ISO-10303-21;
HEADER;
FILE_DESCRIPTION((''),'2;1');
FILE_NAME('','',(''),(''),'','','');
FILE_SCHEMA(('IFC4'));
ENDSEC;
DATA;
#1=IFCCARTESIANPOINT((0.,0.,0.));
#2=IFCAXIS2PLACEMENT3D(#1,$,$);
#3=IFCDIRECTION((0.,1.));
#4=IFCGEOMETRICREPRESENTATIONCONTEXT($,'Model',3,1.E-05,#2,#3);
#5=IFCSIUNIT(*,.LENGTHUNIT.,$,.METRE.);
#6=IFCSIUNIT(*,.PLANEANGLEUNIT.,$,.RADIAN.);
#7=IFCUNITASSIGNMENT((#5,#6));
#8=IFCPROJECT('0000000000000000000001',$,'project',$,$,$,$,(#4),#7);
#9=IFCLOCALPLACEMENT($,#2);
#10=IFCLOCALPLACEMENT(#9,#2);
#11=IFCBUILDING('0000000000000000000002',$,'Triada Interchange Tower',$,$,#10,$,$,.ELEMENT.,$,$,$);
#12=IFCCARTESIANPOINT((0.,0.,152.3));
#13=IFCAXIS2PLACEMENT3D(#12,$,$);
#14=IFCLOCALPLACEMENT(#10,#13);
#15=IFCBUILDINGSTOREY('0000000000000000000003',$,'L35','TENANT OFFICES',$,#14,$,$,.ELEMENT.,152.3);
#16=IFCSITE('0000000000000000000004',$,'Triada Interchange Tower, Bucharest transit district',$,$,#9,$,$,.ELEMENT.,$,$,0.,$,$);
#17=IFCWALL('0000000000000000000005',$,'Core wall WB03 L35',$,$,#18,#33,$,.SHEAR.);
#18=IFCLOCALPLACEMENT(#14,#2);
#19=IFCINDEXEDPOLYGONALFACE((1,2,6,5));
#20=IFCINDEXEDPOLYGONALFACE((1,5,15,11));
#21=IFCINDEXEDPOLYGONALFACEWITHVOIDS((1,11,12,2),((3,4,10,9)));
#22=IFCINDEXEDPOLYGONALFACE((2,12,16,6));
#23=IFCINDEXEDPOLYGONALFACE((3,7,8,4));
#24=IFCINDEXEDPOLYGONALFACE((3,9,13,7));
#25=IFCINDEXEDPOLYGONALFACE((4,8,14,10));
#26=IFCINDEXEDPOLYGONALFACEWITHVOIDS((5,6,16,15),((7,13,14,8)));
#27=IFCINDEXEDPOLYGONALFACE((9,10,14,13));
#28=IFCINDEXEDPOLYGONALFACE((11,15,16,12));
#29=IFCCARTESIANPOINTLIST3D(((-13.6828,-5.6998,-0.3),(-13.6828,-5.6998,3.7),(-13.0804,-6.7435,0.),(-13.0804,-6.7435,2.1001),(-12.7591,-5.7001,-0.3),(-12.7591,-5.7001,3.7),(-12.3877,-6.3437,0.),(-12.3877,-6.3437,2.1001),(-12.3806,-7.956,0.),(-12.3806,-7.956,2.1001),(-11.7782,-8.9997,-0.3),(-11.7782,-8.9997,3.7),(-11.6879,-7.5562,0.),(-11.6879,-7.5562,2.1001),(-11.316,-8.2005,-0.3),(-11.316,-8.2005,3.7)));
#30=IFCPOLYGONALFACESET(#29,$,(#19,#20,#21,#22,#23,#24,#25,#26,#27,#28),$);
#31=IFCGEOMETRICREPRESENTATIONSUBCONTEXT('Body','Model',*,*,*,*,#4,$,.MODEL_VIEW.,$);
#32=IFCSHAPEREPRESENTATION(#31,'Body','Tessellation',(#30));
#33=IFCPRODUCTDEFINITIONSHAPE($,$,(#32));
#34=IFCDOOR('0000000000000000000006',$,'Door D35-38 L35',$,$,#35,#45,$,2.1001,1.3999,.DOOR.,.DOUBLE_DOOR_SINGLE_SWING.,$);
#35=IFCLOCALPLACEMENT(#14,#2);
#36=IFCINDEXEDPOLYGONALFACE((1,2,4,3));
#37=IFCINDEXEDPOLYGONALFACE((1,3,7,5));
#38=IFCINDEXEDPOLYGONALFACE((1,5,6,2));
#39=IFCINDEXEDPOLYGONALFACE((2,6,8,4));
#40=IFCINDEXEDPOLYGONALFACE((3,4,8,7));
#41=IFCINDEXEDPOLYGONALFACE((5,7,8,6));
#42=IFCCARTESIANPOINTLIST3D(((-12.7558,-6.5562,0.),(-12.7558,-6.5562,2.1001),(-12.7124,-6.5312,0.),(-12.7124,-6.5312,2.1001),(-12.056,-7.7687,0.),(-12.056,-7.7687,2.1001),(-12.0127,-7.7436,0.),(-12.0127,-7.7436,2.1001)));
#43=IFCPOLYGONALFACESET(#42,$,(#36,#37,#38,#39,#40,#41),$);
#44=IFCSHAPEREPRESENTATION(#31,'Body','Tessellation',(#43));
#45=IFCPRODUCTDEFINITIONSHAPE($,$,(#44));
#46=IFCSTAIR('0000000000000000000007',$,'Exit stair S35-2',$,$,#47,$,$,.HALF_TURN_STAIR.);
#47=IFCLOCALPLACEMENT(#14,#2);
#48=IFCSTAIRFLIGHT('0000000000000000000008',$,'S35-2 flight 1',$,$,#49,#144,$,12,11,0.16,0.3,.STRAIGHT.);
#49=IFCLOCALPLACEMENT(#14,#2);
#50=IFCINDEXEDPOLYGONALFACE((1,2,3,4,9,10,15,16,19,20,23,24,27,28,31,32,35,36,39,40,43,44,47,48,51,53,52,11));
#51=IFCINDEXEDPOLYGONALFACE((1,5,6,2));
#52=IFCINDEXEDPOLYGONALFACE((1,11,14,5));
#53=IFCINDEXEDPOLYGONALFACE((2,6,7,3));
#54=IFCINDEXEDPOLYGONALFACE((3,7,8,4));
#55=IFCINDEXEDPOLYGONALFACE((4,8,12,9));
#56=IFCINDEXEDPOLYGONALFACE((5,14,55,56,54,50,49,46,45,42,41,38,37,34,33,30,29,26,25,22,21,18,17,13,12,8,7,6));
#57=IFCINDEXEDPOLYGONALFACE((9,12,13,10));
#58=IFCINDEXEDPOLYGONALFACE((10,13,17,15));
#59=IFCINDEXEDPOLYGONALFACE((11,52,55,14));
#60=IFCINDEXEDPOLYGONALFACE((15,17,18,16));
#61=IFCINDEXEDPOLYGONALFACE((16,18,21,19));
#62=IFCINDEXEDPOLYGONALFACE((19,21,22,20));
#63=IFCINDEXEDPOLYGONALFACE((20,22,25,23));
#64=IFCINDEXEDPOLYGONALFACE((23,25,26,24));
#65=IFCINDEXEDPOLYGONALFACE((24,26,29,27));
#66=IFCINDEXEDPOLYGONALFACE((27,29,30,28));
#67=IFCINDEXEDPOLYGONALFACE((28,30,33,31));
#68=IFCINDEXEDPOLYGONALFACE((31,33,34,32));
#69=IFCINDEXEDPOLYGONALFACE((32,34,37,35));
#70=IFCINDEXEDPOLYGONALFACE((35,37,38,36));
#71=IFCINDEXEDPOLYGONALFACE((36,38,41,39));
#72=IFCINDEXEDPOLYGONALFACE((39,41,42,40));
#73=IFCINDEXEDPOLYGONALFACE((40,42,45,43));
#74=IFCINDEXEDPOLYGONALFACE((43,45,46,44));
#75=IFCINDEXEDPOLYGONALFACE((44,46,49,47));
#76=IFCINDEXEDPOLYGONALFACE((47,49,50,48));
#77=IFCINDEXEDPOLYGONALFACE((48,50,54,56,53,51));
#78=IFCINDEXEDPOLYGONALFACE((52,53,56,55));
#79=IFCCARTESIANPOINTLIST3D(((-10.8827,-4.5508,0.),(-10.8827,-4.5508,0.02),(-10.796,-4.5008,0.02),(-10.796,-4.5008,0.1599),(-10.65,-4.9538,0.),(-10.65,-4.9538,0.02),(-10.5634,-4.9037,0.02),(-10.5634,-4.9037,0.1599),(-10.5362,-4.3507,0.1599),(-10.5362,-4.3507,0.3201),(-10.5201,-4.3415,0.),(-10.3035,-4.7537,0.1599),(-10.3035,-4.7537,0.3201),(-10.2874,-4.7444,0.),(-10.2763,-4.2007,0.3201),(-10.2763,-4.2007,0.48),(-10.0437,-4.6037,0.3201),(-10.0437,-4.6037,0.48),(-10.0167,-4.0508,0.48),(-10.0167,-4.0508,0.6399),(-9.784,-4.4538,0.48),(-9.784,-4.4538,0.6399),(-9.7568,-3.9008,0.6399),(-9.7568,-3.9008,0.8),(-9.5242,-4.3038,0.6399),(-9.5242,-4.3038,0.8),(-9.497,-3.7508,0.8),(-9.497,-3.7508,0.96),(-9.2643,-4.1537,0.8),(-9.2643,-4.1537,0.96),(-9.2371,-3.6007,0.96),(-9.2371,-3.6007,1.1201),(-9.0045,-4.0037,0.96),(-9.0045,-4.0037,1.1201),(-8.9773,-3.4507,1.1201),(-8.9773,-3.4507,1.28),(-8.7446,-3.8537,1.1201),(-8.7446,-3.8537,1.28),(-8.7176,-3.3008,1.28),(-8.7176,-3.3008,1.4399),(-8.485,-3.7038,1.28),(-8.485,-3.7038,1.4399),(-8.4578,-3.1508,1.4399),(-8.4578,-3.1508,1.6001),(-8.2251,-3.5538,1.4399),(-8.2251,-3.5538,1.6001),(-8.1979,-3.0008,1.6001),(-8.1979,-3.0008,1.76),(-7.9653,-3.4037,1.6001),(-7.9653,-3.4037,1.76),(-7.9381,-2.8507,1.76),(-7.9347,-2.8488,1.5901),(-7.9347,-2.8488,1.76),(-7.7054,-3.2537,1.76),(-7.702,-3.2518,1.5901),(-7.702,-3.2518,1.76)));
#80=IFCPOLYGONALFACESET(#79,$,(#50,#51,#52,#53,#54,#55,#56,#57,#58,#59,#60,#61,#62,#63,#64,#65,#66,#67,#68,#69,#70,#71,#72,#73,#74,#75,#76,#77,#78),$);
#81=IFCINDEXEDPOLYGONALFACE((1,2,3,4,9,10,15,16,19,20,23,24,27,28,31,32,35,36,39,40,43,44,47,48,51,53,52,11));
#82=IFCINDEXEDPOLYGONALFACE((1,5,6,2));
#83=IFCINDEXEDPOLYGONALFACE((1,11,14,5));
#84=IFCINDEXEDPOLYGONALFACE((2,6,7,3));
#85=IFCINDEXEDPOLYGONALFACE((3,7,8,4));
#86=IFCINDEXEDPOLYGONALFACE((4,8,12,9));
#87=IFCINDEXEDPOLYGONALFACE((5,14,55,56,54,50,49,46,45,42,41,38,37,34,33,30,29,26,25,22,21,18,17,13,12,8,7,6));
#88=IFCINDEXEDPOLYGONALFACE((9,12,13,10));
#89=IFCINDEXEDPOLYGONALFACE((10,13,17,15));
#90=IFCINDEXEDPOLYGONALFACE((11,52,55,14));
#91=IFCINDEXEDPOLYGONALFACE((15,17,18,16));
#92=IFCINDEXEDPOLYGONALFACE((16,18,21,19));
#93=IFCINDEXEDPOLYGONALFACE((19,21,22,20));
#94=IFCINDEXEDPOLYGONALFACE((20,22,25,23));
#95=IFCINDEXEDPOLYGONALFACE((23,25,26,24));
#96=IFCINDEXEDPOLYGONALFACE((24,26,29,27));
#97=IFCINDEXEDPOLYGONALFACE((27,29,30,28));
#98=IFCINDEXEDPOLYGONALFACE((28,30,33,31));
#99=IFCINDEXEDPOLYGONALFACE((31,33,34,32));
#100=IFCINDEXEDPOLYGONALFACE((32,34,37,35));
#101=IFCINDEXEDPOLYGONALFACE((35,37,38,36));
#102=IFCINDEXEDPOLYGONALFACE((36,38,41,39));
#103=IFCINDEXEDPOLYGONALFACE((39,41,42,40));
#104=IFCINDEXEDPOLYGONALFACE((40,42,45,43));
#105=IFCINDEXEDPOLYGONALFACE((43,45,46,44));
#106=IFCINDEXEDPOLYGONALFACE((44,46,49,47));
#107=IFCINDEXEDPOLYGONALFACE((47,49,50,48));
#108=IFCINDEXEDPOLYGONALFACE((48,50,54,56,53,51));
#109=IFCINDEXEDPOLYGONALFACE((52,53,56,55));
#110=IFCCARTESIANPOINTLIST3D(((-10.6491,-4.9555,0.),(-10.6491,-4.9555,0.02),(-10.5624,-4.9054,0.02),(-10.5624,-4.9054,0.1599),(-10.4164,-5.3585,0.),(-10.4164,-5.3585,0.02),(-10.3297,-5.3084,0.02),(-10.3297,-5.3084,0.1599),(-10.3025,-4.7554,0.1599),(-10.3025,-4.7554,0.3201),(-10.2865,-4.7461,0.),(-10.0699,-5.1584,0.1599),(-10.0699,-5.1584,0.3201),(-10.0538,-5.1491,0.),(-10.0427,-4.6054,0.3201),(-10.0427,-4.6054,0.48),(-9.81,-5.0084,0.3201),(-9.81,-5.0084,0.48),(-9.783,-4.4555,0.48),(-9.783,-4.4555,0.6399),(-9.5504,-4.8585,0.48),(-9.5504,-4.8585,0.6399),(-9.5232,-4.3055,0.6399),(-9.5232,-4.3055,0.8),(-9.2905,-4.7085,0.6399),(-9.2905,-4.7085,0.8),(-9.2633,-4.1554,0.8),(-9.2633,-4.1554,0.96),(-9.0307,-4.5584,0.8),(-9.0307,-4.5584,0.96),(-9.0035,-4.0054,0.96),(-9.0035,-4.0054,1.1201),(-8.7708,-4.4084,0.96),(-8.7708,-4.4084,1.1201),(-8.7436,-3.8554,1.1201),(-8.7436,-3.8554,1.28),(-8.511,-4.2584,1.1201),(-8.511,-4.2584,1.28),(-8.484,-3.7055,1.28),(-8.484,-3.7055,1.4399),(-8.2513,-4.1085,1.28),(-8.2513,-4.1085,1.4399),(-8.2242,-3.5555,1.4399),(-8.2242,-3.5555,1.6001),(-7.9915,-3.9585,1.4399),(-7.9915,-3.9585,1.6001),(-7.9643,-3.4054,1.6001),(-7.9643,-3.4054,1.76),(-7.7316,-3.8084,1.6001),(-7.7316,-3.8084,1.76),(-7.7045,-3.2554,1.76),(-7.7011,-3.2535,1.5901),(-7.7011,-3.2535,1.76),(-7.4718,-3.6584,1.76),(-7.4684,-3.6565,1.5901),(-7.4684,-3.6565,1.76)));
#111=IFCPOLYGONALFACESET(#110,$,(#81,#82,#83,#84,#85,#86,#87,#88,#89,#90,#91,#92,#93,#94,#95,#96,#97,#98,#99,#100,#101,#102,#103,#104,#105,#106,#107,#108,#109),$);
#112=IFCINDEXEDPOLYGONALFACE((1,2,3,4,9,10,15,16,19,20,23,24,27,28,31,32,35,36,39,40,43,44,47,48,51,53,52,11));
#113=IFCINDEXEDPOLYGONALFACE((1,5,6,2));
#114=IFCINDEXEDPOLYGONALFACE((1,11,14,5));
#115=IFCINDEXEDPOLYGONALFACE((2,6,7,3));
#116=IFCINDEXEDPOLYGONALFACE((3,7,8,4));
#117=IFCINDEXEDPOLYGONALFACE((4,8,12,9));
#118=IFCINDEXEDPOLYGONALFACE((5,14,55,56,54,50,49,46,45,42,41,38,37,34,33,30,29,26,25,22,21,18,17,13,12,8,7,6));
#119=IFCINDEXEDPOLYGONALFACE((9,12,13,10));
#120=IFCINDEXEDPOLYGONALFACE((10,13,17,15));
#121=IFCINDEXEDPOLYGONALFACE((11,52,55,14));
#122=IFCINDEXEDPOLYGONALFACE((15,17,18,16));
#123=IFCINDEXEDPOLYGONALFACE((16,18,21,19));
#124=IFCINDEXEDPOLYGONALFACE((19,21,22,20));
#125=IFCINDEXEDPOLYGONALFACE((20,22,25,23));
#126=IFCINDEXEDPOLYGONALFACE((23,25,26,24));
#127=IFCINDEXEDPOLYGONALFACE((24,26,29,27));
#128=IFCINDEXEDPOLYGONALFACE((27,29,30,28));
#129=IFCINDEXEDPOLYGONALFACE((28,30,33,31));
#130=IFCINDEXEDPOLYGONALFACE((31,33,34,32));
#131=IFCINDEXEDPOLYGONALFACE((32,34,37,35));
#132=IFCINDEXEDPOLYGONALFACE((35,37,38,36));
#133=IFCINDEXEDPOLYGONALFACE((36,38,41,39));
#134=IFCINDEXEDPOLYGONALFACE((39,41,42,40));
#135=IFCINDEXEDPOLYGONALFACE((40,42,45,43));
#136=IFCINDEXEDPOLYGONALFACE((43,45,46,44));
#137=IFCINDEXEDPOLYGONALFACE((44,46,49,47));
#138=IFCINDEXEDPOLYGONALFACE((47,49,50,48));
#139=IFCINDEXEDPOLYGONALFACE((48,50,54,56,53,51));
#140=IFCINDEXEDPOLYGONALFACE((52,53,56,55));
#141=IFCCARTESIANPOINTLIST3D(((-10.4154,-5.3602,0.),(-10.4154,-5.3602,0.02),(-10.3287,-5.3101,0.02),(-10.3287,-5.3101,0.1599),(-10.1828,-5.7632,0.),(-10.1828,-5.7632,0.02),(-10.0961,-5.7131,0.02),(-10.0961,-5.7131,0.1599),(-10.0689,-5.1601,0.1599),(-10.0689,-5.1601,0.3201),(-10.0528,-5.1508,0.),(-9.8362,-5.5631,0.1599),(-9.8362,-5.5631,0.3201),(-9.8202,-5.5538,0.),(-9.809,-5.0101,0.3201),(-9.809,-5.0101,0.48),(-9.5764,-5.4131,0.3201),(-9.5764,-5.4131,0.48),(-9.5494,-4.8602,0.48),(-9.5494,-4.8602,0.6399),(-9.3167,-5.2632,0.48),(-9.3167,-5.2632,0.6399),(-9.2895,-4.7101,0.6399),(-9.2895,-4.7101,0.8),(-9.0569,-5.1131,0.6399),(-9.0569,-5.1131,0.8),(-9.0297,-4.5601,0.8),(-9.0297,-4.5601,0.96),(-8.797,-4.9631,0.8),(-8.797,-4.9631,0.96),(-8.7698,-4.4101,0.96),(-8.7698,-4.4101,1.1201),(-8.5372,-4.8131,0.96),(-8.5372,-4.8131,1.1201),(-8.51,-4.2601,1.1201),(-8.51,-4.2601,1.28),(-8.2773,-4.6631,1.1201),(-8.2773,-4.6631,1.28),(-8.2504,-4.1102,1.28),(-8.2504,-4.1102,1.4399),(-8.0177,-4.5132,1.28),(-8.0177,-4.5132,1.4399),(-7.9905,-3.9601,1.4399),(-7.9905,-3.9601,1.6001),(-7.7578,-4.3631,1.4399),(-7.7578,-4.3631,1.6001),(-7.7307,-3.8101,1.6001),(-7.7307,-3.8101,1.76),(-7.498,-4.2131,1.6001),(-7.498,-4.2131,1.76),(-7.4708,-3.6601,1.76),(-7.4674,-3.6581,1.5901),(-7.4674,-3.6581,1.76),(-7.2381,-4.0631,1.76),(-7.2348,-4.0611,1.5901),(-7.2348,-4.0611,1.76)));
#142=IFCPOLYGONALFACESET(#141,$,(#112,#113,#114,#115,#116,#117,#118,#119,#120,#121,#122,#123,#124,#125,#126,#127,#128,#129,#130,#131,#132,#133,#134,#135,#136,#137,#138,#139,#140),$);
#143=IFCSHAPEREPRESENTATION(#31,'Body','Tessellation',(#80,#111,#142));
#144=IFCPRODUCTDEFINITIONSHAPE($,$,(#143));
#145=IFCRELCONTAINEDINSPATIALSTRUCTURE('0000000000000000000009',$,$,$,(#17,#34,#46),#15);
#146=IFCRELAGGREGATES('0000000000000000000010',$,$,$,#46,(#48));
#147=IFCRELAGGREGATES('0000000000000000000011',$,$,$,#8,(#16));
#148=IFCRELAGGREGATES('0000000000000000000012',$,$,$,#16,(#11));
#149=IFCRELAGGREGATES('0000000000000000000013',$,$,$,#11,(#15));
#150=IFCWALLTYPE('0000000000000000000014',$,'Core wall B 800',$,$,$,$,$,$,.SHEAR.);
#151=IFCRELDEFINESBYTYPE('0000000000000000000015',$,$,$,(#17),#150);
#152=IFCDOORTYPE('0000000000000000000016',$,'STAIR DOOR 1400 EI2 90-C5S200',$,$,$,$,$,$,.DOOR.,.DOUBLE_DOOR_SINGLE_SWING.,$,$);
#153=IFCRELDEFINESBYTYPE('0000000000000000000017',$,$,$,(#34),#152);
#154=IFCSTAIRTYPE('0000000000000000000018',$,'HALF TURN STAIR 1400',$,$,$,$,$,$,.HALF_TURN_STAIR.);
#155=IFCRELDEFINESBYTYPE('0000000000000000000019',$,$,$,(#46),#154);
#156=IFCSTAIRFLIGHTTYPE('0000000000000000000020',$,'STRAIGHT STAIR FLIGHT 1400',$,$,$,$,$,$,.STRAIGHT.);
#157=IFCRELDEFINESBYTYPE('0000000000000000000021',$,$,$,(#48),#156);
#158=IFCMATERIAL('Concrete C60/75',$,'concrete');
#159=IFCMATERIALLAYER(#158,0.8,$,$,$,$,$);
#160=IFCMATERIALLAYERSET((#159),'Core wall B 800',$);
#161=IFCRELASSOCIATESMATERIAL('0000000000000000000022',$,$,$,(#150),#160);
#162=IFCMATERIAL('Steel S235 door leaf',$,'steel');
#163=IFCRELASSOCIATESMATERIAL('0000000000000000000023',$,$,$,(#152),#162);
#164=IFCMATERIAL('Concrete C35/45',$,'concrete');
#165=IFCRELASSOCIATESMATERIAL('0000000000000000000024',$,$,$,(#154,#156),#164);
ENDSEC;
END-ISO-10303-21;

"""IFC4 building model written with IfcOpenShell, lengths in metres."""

from ifc_helpers import new_model, si_unit, direction, frame, frame_2d, origin, place, context, subcontext, project, spatial, polyline, rectangle, outline, extrude, material, layer, layer_set, type_object, element, fill, aggregate, save


model = new_model("IFC4")

# Units and contexts
model_context = context("Model", 3, precision=1e-05, world=origin(), true_north=direction((0.0, 1.0)))
body_context = subcontext(model_context, "Body", "Model", "MODEL_VIEW")
ifc_project = project(units=[si_unit("LENGTHUNIT", "METRE"), si_unit("PLANEANGLEUNIT", "RADIAN")], contexts=[model_context])

# Site, building, storey
site_placement = place(None, origin())
site = spatial("IfcSite", under=ifc_project, at=site_placement, Name="Triada Interchange Tower, Bucharest transit district", CompositionType="ELEMENT", RefElevation=0.0)
building_placement = place(site_placement, origin())
building = spatial("IfcBuilding", under=site, at=building_placement, Name="Triada Interchange Tower", CompositionType="ELEMENT")
storey_placement = place(building_placement, frame((0.0, 0.0, 152.3)))
storey = spatial("IfcBuildingStorey", under=building, at=storey_placement, Name="L35", Description="TENANT OFFICES", CompositionType="ELEMENT", Elevation=152.3)

# Shared definitions
ifc_material_1 = material(Name="Steel S235 door leaf", Category="steel")

# Wall, opening, door
ifc_material_2 = material(Name="Concrete C60/75", Category="concrete")
ifc_layer_1 = layer(ifc_material_2, 0.8)
ifc_layer_set_1 = layer_set([ifc_layer_1], Name="Core wall B 800")
wall_type_1 = type_object("IfcWallType", Name="Core wall B 800", PredefinedType="SHEAR", material=ifc_layer_set_1)
wall_1_placement = place(storey_placement, frame((-13.2209, -5.7, -0.3), z_axis=(0.0, 0.0, 1.0), x_axis=(0.499872, -0.866099, 0.0)))
wall_1 = element("IfcWall", 1, at=wall_1_placement, inside=storey, type_object=wall_type_1, Name="Core wall WB03 L35", PredefinedType="SHEAR", context=body_context, shape_type="SweptSolid", body=[
    extrude(outline(polyline([(-0.231, -0.3999), (1.6741, -0.3999), (3.5791, -0.3999), (3.1179, 0.3999), (1.6743, 0.3999), (0.231, 0.3999), (-0.231, -0.3999)])), origin(), (0.0, 0.0, 1.0), 4.0),
])
opening_1_placement = place(wall_1_placement, frame((0.9741, 0.0, 0.3)))
opening_1 = element("IfcOpeningElement", 2, at=opening_1_placement, cuts=wall_1, PredefinedType="OPENING", context=body_context, shape_type="SweptSolid", body=[
    extrude(rectangle(XDim=1.3999, YDim=2.1001, at=frame_2d((0.7, 1.05))), frame((0.0, 0.4099, 0.0), z_axis=(0.0, -1.0, 0.0), x_axis=(1.0, 0.0, 0.0)), (0.0, 0.0, 1.0), 0.8201),
])
door_type_1 = type_object("IfcDoorType", Name="STAIR DOOR 1400 EI2 90-C5S200", OperationType="DOUBLE_DOOR_SINGLE_SWING", PredefinedType="DOOR", material=ifc_material_1)
door_1_placement = place(opening_1_placement, origin())
door_1 = element("IfcDoor", 3, at=door_1_placement, inside=storey, type_object=door_type_1, Name="Door D35-38 L35", OperationType="DOUBLE_DOOR_SINGLE_SWING", OverallHeight=2.1001, OverallWidth=1.3999, PredefinedType="DOOR", context=body_context, shape_type="SweptSolid", body=[
    extrude(rectangle(XDim=1.3999, YDim=2.1001, at=frame_2d((0.7, 1.05))), frame((0.0, 0.0249, 0.0), z_axis=(0.0, -1.0, 0.0), x_axis=(1.0, 0.0, 0.0)), (0.0, 0.0, 1.0), 0.05),
])
fill(opening_1, door_1)

# Stair, stair flight
ifc_material_3 = material(Name="Concrete C35/45", Category="concrete")
stair_type = type_object("IfcStairType", Name="HALF TURN STAIR 1400", PredefinedType="HALF_TURN_STAIR", material=ifc_material_3)
stair_placement = place(storey_placement, origin())
stair = element("IfcStair", 4, at=stair_placement, inside=storey, type_object=stair_type, Name="Exit stair S35-2", PredefinedType="HALF_TURN_STAIR")
stair_flight_type = type_object("IfcStairFlightType", Name="STRAIGHT STAIR FLIGHT 1400", PredefinedType="STRAIGHT", material=ifc_material_3)
stair_flight_1_placement = place(storey_placement, frame((-10.446, -5.1069, 0.0), z_axis=(0.0, 0.0, 1.0), x_axis=(0.866025, 0.5, 0.0)))
stair_flight_1 = element("IfcStairFlight", 5, at=stair_flight_1_placement, type_object=stair_flight_type, Name="S35-2 flight 1", NumberOfRisers=12, NumberOfTreads=11, PredefinedType="STRAIGHT", RiserHeight=0.16, TreadLength=0.3, context=body_context, shape_type="SweptSolid", body=[
    extrude(outline(polyline([(-0.1001, 0.0), (-0.1001, 0.02), (0.0, 0.02), (0.0, 0.1599), (0.3, 0.1599), (0.3, 0.3201), (0.6001, 0.3201), (0.6001, 0.48), (0.8999, 0.48), (0.8999, 0.6399), (1.2, 0.6399), (1.2, 0.8), (1.5, 0.8), (1.5, 0.96), (1.8, 0.96), (1.8, 1.1201), (2.1001, 1.1201), (2.1001, 1.28), (2.3999, 1.28), (2.3999, 1.4399), (2.7, 1.4399), (2.7, 1.6001), (3.0, 1.6001), (3.0, 1.76), (3.3, 1.76), (3.304, 1.76), (3.304, 1.9199), (3.304, 1.5901), (0.3186, 0.0), (-0.1001, 0.0)])), frame((0.0, 0.7, 0.0), z_axis=(0.0, -1.0, 0.0), x_axis=(1.0, 0.0, 0.0)), (0.0, 0.0, 1.0), 0.4653),
    extrude(outline(polyline([(-0.1001, 0.0), (-0.1001, 0.02), (0.0, 0.02), (0.0, 0.1599), (0.3, 0.1599), (0.3, 0.3201), (0.6001, 0.3201), (0.6001, 0.48), (0.8999, 0.48), (0.8999, 0.6399), (1.2, 0.6399), (1.2, 0.8), (1.5, 0.8), (1.5, 0.96), (1.8, 0.96), (1.8, 1.1201), (2.1001, 1.1201), (2.1001, 1.28), (2.3999, 1.28), (2.3999, 1.4399), (2.7, 1.4399), (2.7, 1.6001), (3.0, 1.6001), (3.0, 1.76), (3.3, 1.76), (3.304, 1.76), (3.304, 1.9199), (3.304, 1.5901), (0.3186, 0.0), (-0.1001, 0.0)])), frame((0.0, 0.2327, 0.0), z_axis=(0.0, -1.0, 0.0), x_axis=(1.0, 0.0, 0.0)), (0.0, 0.0, 1.0), 0.4653),
    extrude(outline(polyline([(-0.1001, 0.0), (-0.1001, 0.02), (0.0, 0.02), (0.0, 0.1599), (0.3, 0.1599), (0.3, 0.3201), (0.6001, 0.3201), (0.6001, 0.48), (0.8999, 0.48), (0.8999, 0.6399), (1.2, 0.6399), (1.2, 0.8), (1.5, 0.8), (1.5, 0.96), (1.8, 0.96), (1.8, 1.1201), (2.1001, 1.1201), (2.1001, 1.28), (2.3999, 1.28), (2.3999, 1.4399), (2.7, 1.4399), (2.7, 1.6001), (3.0, 1.6001), (3.0, 1.76), (3.3, 1.76), (3.304, 1.76), (3.304, 1.9199), (3.304, 1.5901), (0.3186, 0.0), (-0.1001, 0.0)])), frame((0.0, -0.2346, 0.0), z_axis=(0.0, -1.0, 0.0), x_axis=(1.0, 0.0, 0.0)), (0.0, 0.0, 1.0), 0.4653),
])
aggregate(stair, [stair_flight_1])

save(model, "model.ifc")
